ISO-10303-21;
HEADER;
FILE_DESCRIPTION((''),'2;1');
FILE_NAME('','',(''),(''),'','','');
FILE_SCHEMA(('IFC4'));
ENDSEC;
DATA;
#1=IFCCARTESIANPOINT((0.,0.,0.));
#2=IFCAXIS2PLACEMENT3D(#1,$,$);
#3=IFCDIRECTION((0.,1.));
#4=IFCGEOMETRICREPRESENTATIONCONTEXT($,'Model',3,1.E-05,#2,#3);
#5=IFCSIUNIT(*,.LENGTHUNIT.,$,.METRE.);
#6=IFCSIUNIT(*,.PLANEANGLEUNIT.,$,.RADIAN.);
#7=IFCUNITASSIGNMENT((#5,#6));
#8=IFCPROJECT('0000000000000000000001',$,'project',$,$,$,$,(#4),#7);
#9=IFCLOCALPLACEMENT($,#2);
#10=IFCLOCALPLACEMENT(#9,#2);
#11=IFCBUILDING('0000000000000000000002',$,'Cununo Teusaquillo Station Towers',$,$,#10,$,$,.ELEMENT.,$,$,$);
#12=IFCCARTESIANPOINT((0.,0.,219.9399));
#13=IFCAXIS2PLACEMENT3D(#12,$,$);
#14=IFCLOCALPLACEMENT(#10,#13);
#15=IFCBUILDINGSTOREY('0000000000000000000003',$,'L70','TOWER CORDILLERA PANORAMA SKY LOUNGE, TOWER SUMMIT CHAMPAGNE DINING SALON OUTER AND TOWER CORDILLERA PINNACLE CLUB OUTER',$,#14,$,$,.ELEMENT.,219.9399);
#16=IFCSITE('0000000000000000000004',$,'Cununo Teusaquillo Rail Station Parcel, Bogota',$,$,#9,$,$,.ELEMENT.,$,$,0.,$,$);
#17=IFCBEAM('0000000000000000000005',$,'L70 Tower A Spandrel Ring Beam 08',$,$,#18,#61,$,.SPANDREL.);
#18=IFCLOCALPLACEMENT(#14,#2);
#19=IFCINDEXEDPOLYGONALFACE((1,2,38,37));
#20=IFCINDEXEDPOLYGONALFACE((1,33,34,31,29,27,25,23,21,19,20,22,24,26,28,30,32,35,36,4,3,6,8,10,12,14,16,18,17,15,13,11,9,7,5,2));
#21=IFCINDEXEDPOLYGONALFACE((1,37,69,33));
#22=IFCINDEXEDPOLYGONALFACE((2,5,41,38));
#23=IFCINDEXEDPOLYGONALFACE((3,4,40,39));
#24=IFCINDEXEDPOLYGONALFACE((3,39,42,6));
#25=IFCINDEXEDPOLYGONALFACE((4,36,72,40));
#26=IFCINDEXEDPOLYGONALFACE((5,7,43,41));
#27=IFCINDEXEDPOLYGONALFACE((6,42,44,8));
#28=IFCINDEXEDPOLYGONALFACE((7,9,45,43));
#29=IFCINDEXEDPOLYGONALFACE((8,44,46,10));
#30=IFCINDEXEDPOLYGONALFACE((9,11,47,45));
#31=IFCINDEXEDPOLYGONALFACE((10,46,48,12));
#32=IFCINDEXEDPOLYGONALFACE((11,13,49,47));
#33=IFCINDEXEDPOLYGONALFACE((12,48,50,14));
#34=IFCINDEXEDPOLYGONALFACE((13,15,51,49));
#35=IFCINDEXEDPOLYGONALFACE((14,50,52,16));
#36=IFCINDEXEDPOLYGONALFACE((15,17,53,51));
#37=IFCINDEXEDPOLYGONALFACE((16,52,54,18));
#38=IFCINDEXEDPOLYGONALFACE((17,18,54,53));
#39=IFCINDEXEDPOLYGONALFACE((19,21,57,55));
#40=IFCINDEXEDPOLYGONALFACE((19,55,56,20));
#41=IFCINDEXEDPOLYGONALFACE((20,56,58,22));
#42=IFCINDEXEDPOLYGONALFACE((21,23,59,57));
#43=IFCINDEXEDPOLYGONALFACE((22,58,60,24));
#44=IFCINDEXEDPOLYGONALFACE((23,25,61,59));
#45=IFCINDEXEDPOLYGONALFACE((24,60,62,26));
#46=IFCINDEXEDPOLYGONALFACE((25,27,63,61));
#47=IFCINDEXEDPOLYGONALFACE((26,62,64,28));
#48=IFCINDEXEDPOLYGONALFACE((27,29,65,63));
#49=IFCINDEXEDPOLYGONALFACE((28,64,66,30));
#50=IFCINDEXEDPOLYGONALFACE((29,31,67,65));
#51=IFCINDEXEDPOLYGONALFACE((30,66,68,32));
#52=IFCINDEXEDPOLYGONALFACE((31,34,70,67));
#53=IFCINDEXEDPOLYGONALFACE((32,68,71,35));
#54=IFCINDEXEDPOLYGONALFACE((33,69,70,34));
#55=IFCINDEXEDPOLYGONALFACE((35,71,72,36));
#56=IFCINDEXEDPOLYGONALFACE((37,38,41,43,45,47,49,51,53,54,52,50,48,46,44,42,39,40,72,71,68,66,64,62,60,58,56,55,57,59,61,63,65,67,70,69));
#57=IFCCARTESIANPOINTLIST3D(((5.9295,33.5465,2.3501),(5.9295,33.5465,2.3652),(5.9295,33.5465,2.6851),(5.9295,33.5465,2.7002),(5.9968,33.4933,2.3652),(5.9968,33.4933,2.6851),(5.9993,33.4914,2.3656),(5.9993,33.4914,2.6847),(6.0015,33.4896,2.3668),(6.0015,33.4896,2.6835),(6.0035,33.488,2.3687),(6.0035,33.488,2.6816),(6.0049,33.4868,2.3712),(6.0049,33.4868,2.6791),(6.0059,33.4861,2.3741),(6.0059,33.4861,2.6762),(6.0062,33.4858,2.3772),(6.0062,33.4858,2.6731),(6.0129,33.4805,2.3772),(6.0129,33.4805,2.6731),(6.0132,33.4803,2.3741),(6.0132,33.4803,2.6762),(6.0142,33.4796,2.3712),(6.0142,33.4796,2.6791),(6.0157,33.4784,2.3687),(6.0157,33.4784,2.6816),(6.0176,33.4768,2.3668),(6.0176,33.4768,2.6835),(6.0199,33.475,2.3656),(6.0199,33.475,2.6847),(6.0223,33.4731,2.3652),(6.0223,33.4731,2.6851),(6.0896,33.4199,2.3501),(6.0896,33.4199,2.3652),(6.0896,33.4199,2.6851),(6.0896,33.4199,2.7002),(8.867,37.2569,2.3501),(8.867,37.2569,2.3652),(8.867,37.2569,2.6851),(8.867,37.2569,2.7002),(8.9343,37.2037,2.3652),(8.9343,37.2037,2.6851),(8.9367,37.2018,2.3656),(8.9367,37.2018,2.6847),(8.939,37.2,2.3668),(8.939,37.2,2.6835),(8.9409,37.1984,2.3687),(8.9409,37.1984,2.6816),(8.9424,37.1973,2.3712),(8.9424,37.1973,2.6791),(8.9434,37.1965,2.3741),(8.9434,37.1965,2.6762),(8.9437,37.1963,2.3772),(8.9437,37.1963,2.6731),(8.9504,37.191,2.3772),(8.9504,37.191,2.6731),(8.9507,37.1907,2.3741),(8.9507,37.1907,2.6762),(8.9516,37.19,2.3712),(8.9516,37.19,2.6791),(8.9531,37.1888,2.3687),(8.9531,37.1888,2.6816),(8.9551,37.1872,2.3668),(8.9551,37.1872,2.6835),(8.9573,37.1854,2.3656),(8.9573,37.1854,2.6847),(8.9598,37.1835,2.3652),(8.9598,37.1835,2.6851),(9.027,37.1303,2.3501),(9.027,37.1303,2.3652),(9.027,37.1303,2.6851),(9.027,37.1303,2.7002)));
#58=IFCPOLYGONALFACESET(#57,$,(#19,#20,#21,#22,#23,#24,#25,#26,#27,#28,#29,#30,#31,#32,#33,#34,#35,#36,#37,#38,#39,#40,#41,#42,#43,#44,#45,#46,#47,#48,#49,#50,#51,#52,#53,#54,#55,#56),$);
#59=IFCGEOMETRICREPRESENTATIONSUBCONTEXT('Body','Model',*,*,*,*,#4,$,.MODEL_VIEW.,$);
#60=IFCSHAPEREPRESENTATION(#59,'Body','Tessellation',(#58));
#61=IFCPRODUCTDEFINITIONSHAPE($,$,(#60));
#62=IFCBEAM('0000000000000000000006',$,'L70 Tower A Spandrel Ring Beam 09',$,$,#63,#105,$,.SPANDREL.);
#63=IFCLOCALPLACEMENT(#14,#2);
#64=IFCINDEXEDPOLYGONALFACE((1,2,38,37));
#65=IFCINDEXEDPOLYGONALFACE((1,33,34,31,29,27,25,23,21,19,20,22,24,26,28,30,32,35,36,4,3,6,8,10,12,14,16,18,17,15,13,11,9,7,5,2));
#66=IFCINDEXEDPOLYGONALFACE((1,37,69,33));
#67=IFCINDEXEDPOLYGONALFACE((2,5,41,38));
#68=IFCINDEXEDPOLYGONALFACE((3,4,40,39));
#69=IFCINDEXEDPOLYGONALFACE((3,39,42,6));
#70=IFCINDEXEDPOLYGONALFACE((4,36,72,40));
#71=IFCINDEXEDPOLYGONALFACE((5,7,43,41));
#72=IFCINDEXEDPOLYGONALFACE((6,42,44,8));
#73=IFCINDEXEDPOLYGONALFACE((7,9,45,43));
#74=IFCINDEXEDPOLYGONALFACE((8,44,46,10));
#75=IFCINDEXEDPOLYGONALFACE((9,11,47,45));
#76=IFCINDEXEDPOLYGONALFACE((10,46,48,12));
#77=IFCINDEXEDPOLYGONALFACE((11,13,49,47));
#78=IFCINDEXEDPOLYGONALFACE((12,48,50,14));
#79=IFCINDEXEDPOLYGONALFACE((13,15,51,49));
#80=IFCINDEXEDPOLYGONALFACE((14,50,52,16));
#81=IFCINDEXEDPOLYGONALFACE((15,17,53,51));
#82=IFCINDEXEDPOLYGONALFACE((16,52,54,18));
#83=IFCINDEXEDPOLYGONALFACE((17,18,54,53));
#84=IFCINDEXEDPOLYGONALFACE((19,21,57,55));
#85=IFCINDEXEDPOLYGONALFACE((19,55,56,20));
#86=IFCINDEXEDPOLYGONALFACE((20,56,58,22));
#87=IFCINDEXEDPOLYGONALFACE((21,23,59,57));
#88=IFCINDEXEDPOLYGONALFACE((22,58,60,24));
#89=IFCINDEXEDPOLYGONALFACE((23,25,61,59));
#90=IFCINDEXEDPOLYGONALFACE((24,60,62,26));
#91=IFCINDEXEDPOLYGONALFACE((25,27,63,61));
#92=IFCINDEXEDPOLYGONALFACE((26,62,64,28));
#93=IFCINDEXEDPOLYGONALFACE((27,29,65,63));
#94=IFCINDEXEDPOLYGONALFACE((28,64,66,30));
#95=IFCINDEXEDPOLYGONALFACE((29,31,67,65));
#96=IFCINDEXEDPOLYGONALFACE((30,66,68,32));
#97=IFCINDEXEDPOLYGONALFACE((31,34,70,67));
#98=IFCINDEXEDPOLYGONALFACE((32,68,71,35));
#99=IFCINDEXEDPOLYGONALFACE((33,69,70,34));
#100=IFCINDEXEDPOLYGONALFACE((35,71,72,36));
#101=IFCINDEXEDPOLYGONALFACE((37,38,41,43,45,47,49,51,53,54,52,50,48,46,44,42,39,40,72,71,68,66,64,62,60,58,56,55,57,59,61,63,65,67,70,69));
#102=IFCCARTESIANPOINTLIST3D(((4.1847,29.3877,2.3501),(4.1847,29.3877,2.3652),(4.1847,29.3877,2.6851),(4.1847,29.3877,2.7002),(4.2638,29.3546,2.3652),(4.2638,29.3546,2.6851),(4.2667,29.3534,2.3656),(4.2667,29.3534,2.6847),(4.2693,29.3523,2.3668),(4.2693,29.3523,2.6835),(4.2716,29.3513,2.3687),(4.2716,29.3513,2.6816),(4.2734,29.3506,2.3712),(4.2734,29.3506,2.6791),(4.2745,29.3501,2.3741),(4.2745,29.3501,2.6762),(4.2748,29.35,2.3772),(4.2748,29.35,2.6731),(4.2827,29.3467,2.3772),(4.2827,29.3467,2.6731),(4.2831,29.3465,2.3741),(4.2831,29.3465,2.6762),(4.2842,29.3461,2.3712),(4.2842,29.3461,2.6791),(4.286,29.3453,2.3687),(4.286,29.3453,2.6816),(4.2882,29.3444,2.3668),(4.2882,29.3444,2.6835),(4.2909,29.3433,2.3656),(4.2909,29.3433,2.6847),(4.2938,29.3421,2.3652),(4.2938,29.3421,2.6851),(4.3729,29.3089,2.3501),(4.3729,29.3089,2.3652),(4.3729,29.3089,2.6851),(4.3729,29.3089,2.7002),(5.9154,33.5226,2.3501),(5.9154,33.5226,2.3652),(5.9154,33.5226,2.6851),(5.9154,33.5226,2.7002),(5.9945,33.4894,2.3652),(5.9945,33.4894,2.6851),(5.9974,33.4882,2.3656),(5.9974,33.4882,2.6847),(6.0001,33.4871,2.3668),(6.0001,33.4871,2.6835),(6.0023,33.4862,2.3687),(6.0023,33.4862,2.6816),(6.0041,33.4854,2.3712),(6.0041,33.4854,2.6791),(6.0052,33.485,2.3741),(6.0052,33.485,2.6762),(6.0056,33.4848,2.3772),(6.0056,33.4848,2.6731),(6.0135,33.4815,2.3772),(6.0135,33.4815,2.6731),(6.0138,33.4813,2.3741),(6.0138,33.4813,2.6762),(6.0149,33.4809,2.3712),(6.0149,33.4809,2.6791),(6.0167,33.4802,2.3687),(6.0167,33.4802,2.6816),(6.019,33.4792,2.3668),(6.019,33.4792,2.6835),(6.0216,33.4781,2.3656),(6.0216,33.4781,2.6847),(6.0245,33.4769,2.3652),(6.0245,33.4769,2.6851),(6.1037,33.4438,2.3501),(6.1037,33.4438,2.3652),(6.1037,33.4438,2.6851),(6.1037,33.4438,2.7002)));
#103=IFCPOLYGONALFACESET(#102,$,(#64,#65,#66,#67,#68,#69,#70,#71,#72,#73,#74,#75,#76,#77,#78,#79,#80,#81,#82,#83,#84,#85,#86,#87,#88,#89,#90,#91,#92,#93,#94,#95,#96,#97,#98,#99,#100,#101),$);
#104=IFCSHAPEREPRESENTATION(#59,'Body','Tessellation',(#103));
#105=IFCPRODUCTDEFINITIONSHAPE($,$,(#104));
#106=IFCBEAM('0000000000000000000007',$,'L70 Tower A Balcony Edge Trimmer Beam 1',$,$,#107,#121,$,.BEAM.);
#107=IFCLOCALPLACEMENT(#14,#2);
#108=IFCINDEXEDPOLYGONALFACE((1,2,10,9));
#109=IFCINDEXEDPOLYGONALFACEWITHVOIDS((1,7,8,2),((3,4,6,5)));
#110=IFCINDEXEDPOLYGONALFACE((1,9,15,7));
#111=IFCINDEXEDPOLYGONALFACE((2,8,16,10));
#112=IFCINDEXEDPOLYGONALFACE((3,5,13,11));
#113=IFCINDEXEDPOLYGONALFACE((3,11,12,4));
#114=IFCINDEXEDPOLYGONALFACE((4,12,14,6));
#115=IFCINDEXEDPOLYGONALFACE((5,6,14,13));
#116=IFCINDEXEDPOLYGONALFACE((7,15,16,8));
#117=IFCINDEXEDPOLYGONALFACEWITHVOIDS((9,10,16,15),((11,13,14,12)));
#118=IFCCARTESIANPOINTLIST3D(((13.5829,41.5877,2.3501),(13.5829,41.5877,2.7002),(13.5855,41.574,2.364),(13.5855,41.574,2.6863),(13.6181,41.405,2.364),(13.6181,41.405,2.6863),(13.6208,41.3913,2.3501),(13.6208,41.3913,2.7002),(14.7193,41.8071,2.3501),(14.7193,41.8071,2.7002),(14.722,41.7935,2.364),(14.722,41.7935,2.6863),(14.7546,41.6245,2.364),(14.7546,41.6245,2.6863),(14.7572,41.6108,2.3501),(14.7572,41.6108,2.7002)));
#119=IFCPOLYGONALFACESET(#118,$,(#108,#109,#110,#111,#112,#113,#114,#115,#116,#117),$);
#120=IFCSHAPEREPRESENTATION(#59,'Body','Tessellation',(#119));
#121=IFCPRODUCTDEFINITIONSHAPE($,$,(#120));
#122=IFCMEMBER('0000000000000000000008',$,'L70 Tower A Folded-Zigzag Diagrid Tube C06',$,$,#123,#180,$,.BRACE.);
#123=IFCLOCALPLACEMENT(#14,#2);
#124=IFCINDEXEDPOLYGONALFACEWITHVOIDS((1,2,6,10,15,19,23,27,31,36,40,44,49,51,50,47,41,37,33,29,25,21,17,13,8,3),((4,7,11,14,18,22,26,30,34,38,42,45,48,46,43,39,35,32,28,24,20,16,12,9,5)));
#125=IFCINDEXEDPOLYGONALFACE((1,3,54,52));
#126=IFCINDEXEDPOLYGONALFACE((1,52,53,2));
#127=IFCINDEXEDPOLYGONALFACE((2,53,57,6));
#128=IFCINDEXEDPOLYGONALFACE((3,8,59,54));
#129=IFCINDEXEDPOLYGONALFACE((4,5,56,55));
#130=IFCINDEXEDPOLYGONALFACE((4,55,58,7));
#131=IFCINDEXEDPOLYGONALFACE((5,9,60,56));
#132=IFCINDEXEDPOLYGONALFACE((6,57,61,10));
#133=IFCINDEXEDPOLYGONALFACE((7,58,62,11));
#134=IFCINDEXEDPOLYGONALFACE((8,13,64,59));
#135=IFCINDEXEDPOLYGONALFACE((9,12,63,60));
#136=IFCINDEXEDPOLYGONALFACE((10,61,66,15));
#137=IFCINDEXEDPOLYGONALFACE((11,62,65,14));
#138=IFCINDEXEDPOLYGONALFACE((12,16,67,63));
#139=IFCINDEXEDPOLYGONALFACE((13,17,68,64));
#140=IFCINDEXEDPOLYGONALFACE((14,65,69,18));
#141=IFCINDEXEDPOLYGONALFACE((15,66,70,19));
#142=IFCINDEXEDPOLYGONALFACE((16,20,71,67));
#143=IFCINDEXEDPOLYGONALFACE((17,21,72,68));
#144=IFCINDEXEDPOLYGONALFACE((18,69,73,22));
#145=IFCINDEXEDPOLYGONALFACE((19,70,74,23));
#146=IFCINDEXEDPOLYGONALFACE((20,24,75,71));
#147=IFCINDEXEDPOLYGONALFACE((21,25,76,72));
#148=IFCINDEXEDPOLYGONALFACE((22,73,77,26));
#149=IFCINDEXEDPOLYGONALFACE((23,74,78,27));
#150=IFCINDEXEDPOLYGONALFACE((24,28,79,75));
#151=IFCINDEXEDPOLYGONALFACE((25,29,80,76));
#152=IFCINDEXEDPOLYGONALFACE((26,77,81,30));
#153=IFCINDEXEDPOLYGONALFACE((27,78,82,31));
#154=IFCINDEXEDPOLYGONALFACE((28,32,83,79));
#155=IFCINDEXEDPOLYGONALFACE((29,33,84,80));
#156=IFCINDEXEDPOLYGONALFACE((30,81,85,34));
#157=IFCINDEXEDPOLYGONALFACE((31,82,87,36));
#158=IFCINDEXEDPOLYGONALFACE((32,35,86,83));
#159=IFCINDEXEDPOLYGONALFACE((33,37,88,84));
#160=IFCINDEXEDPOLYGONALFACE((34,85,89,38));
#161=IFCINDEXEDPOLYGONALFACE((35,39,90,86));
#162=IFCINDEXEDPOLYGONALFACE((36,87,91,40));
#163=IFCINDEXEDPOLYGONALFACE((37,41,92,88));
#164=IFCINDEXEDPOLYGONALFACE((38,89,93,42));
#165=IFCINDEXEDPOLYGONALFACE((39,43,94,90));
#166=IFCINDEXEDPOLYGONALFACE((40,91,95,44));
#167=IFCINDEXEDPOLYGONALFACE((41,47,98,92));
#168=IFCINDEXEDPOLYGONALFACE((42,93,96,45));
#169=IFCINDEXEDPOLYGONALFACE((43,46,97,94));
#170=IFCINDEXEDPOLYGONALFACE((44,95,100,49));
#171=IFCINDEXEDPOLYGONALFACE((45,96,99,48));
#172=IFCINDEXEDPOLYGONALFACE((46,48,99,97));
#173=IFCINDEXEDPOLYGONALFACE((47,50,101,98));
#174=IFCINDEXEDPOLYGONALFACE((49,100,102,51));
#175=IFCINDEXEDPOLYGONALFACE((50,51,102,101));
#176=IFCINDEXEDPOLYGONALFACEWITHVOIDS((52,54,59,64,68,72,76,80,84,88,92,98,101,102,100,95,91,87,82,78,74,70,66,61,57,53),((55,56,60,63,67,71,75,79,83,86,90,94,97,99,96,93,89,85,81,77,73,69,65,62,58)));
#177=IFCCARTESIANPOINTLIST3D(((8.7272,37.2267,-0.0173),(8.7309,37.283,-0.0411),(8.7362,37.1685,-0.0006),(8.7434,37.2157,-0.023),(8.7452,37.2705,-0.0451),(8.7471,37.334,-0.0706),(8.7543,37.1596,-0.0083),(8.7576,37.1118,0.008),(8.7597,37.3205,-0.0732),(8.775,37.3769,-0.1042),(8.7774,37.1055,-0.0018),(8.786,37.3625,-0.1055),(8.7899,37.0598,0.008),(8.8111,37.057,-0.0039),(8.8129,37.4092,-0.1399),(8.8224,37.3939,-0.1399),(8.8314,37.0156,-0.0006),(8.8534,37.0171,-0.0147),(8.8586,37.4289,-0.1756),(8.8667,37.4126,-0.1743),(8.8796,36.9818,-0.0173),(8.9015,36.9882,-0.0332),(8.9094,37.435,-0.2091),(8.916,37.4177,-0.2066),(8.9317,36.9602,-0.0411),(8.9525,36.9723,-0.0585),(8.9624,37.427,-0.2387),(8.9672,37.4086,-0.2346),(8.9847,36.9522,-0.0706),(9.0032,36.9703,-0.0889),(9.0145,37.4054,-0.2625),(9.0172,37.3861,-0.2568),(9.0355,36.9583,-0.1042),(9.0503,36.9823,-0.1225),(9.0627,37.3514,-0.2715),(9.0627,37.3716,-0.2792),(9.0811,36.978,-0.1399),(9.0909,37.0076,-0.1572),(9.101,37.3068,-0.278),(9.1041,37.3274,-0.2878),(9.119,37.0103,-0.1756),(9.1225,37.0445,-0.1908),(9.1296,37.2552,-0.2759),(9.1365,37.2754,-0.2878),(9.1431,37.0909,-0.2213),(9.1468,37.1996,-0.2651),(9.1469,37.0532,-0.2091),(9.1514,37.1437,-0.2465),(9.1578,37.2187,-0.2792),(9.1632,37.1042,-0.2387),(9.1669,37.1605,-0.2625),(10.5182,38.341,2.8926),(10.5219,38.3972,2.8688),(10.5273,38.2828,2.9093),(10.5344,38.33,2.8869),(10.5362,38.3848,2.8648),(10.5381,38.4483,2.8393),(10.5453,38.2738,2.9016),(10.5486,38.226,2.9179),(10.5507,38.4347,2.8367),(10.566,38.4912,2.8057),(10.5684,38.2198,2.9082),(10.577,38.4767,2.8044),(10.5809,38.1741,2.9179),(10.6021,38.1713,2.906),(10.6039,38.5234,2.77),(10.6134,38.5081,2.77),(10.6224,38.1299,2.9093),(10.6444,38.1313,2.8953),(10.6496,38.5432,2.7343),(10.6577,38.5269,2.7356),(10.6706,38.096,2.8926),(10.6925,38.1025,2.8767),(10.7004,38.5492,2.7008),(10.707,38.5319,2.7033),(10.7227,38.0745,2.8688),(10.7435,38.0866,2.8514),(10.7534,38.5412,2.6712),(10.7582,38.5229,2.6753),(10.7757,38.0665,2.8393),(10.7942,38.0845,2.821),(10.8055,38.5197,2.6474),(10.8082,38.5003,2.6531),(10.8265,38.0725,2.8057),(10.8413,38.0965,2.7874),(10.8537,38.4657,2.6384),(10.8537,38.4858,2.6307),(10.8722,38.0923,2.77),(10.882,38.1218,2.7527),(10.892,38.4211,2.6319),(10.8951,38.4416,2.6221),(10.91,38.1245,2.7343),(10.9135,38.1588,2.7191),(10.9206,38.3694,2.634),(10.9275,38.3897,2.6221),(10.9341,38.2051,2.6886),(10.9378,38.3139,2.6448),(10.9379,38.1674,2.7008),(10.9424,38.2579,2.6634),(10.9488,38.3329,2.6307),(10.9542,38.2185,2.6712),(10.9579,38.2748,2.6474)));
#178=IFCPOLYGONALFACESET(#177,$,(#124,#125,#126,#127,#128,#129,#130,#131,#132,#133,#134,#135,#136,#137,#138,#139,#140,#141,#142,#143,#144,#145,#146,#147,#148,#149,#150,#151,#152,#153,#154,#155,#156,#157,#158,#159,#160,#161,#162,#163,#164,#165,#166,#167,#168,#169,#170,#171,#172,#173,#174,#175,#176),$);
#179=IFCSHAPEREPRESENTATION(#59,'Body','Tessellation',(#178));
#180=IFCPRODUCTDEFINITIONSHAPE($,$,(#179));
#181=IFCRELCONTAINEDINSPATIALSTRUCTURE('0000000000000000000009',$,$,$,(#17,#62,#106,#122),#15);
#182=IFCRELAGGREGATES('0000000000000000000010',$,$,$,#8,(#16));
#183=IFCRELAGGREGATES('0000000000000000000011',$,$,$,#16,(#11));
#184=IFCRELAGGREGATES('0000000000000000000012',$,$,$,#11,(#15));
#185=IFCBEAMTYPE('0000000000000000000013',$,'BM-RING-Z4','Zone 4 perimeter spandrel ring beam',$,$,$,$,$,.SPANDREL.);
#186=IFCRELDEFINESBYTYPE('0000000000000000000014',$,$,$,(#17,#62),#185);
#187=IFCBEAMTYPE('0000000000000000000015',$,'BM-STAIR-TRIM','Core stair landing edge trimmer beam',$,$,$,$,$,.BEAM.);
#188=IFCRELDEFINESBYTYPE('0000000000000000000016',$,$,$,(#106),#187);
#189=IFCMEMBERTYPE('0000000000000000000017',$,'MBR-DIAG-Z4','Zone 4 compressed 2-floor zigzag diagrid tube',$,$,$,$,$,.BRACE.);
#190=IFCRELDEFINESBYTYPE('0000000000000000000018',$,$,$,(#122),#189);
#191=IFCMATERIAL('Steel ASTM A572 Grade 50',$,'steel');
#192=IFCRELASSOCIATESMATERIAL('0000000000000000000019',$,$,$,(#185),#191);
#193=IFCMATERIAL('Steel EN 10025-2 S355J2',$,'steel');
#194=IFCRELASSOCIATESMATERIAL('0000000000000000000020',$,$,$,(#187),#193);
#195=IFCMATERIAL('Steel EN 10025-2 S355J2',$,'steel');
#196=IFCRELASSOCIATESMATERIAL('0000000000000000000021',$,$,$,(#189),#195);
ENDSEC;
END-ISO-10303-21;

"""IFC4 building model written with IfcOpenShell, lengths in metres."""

from ifc_helpers import new_model, si_unit, direction, frame, origin, origin_2d, place, context, subcontext, project, spatial, hollow_rectangle, hollow_circle, i_section, extrude, material, material_profile, profile_set, type_object, element, save


model = new_model("IFC4")

# Units and contexts
model_context = context("Model", 3, precision=1e-05, world=origin(), true_north=direction((0.0, 1.0)))
body_context = subcontext(model_context, "Body", "Model", "MODEL_VIEW")
ifc_project = project(units=[si_unit("LENGTHUNIT", "METRE"), si_unit("PLANEANGLEUNIT", "RADIAN")], contexts=[model_context])

# Site, building, storey
site_placement = place(None, origin())
site = spatial("IfcSite", under=ifc_project, at=site_placement, Name="Cununo Teusaquillo Rail Station Parcel, Bogota", CompositionType="ELEMENT", RefElevation=0.0)
building_placement = place(site_placement, origin())
building = spatial("IfcBuilding", under=site, at=building_placement, Name="Cununo Teusaquillo Station Towers", CompositionType="ELEMENT")
storey_placement = place(building_placement, frame((0.0, 0.0, 219.9399)))
storey = spatial("IfcBuildingStorey", under=building, at=storey_placement, Name="L70", Description="TOWER CORDILLERA PANORAMA SKY LOUNGE, TOWER SUMMIT CHAMPAGNE DINING SALON OUTER AND TOWER CORDILLERA PINNACLE CLUB OUTER", CompositionType="ELEMENT", Elevation=219.9399)

# Beams
ifc_material_1 = material(Name="Steel ASTM A572 Grade 50", Category="steel")
ifc_material_profile_1 = material_profile(ifc_material_1, i_section(OverallWidth=0.2041, OverallDepth=0.3501, WebThickness=0.0085, FlangeThickness=0.0151, FilletRadius=0.012, at=origin_2d()), Name="W14X48")
ifc_profile_set_1 = profile_set([ifc_material_profile_1], Name="Steel ASTM A572 Grade 50")
beam_type_1 = type_object("IfcBeamType", Name="BM-RING-Z4", Description="Zone 4 perimeter spandrel ring beam", PredefinedType="SPANDREL", material=ifc_profile_set_1)
beam_1_placement = place(storey_placement, frame((8.947, 37.1936, 2.5251), z_axis=(-0.620711, -0.78404, 0.0), x_axis=(0.78404, -0.620711, 0.0)))
element("IfcBeam", 1, at=beam_1_placement, inside=storey, type_object=beam_type_1, Name="L70 Tower A Spandrel Ring Beam 08", PredefinedType="SPANDREL", context=body_context, shape_type="SweptSolid", body=[
    extrude(i_section(OverallWidth=0.2041, OverallDepth=0.3501, WebThickness=0.0085, FlangeThickness=0.0151, FilletRadius=0.012, at=origin_2d()), origin(), (0.0, 0.0, 1.0), 4.7324),
])
beam_2_placement = place(storey_placement, frame((6.0095, 33.4832, 2.5251), z_axis=(-0.386115, -0.92245, 0.0), x_axis=(0.92245, -0.386115, 0.0)))
element("IfcBeam", 2, at=beam_2_placement, inside=storey, type_object=beam_type_1, Name="L70 Tower A Spandrel Ring Beam 09", PredefinedType="SPANDREL", context=body_context, shape_type="SweptSolid", body=[
    extrude(i_section(OverallWidth=0.2041, OverallDepth=0.3501, WebThickness=0.0085, FlangeThickness=0.0151, FilletRadius=0.012, at=origin_2d()), origin(), (0.0, 0.0, 1.0), 4.4824),
])
ifc_material_2 = material(Name="Steel EN 10025-2 S355J2", Category="steel")
ifc_material_profile_2 = material_profile(ifc_material_2, hollow_rectangle(XDim=0.2, YDim=0.3501, WallThickness=0.0139, at=origin_2d()), Name="RHS 350x200x14")
ifc_profile_set_2 = profile_set([ifc_material_profile_2], Name="Steel EN 10025-2 S355J2")
beam_type_2 = type_object("IfcBeamType", Name="BM-STAIR-TRIM", Description="Core stair landing edge trimmer beam", PredefinedType="BEAM", material=ifc_profile_set_2)
beam_3_placement = place(storey_placement, frame((14.7383, 41.709, 2.5251), z_axis=(-0.981857, -0.189622, 0.0), x_axis=(0.189622, -0.981857, 0.0)))
element("IfcBeam", 3, at=beam_3_placement, inside=storey, type_object=beam_type_2, Name="L70 Tower A Balcony Edge Trimmer Beam 1", PredefinedType="BEAM", context=body_context, shape_type="SweptSolid", body=[
    extrude(hollow_rectangle(XDim=0.2, YDim=0.3501, WallThickness=0.0139, at=origin_2d()), origin(), (0.0, 0.0, 1.0), 1.1575),
])

# Member
ifc_material_3 = material(Name="Steel EN 10025-2 S355J2", Category="steel")
ifc_material_profile_3 = material_profile(ifc_material_3, hollow_circle(Radius=0.2539, WallThickness=0.0181, at=origin_2d()), Name="CHS 508x18")
ifc_profile_set_3 = profile_set([ifc_material_profile_3], Name="Steel EN 10025-2 S355J2")
member_type = type_object("IfcMemberType", Name="MBR-DIAG-Z4", Description="Zone 4 compressed 2-floor zigzag diagrid tube", PredefinedType="BRACE", material=ifc_profile_set_3)
member_1_placement = place(storey_placement, frame((8.947, 37.1936, -0.1399), z_axis=(0.498334, 0.310032, 0.809656), x_axis=(-0.52825, 0.849089, 0.0)))
element("IfcMember", 4, at=member_1_placement, inside=storey, type_object=member_type, Name="L70 Tower A Folded-Zigzag Diagrid Tube C06", PredefinedType="BRACE", context=body_context, shape_type="SweptSolid", body=[
    extrude(hollow_circle(Radius=0.2539, WallThickness=0.0181, at=origin_2d()), origin(), (0.0, 0.0, 1.0), 3.594),
])

save(model, "model.ifc")
